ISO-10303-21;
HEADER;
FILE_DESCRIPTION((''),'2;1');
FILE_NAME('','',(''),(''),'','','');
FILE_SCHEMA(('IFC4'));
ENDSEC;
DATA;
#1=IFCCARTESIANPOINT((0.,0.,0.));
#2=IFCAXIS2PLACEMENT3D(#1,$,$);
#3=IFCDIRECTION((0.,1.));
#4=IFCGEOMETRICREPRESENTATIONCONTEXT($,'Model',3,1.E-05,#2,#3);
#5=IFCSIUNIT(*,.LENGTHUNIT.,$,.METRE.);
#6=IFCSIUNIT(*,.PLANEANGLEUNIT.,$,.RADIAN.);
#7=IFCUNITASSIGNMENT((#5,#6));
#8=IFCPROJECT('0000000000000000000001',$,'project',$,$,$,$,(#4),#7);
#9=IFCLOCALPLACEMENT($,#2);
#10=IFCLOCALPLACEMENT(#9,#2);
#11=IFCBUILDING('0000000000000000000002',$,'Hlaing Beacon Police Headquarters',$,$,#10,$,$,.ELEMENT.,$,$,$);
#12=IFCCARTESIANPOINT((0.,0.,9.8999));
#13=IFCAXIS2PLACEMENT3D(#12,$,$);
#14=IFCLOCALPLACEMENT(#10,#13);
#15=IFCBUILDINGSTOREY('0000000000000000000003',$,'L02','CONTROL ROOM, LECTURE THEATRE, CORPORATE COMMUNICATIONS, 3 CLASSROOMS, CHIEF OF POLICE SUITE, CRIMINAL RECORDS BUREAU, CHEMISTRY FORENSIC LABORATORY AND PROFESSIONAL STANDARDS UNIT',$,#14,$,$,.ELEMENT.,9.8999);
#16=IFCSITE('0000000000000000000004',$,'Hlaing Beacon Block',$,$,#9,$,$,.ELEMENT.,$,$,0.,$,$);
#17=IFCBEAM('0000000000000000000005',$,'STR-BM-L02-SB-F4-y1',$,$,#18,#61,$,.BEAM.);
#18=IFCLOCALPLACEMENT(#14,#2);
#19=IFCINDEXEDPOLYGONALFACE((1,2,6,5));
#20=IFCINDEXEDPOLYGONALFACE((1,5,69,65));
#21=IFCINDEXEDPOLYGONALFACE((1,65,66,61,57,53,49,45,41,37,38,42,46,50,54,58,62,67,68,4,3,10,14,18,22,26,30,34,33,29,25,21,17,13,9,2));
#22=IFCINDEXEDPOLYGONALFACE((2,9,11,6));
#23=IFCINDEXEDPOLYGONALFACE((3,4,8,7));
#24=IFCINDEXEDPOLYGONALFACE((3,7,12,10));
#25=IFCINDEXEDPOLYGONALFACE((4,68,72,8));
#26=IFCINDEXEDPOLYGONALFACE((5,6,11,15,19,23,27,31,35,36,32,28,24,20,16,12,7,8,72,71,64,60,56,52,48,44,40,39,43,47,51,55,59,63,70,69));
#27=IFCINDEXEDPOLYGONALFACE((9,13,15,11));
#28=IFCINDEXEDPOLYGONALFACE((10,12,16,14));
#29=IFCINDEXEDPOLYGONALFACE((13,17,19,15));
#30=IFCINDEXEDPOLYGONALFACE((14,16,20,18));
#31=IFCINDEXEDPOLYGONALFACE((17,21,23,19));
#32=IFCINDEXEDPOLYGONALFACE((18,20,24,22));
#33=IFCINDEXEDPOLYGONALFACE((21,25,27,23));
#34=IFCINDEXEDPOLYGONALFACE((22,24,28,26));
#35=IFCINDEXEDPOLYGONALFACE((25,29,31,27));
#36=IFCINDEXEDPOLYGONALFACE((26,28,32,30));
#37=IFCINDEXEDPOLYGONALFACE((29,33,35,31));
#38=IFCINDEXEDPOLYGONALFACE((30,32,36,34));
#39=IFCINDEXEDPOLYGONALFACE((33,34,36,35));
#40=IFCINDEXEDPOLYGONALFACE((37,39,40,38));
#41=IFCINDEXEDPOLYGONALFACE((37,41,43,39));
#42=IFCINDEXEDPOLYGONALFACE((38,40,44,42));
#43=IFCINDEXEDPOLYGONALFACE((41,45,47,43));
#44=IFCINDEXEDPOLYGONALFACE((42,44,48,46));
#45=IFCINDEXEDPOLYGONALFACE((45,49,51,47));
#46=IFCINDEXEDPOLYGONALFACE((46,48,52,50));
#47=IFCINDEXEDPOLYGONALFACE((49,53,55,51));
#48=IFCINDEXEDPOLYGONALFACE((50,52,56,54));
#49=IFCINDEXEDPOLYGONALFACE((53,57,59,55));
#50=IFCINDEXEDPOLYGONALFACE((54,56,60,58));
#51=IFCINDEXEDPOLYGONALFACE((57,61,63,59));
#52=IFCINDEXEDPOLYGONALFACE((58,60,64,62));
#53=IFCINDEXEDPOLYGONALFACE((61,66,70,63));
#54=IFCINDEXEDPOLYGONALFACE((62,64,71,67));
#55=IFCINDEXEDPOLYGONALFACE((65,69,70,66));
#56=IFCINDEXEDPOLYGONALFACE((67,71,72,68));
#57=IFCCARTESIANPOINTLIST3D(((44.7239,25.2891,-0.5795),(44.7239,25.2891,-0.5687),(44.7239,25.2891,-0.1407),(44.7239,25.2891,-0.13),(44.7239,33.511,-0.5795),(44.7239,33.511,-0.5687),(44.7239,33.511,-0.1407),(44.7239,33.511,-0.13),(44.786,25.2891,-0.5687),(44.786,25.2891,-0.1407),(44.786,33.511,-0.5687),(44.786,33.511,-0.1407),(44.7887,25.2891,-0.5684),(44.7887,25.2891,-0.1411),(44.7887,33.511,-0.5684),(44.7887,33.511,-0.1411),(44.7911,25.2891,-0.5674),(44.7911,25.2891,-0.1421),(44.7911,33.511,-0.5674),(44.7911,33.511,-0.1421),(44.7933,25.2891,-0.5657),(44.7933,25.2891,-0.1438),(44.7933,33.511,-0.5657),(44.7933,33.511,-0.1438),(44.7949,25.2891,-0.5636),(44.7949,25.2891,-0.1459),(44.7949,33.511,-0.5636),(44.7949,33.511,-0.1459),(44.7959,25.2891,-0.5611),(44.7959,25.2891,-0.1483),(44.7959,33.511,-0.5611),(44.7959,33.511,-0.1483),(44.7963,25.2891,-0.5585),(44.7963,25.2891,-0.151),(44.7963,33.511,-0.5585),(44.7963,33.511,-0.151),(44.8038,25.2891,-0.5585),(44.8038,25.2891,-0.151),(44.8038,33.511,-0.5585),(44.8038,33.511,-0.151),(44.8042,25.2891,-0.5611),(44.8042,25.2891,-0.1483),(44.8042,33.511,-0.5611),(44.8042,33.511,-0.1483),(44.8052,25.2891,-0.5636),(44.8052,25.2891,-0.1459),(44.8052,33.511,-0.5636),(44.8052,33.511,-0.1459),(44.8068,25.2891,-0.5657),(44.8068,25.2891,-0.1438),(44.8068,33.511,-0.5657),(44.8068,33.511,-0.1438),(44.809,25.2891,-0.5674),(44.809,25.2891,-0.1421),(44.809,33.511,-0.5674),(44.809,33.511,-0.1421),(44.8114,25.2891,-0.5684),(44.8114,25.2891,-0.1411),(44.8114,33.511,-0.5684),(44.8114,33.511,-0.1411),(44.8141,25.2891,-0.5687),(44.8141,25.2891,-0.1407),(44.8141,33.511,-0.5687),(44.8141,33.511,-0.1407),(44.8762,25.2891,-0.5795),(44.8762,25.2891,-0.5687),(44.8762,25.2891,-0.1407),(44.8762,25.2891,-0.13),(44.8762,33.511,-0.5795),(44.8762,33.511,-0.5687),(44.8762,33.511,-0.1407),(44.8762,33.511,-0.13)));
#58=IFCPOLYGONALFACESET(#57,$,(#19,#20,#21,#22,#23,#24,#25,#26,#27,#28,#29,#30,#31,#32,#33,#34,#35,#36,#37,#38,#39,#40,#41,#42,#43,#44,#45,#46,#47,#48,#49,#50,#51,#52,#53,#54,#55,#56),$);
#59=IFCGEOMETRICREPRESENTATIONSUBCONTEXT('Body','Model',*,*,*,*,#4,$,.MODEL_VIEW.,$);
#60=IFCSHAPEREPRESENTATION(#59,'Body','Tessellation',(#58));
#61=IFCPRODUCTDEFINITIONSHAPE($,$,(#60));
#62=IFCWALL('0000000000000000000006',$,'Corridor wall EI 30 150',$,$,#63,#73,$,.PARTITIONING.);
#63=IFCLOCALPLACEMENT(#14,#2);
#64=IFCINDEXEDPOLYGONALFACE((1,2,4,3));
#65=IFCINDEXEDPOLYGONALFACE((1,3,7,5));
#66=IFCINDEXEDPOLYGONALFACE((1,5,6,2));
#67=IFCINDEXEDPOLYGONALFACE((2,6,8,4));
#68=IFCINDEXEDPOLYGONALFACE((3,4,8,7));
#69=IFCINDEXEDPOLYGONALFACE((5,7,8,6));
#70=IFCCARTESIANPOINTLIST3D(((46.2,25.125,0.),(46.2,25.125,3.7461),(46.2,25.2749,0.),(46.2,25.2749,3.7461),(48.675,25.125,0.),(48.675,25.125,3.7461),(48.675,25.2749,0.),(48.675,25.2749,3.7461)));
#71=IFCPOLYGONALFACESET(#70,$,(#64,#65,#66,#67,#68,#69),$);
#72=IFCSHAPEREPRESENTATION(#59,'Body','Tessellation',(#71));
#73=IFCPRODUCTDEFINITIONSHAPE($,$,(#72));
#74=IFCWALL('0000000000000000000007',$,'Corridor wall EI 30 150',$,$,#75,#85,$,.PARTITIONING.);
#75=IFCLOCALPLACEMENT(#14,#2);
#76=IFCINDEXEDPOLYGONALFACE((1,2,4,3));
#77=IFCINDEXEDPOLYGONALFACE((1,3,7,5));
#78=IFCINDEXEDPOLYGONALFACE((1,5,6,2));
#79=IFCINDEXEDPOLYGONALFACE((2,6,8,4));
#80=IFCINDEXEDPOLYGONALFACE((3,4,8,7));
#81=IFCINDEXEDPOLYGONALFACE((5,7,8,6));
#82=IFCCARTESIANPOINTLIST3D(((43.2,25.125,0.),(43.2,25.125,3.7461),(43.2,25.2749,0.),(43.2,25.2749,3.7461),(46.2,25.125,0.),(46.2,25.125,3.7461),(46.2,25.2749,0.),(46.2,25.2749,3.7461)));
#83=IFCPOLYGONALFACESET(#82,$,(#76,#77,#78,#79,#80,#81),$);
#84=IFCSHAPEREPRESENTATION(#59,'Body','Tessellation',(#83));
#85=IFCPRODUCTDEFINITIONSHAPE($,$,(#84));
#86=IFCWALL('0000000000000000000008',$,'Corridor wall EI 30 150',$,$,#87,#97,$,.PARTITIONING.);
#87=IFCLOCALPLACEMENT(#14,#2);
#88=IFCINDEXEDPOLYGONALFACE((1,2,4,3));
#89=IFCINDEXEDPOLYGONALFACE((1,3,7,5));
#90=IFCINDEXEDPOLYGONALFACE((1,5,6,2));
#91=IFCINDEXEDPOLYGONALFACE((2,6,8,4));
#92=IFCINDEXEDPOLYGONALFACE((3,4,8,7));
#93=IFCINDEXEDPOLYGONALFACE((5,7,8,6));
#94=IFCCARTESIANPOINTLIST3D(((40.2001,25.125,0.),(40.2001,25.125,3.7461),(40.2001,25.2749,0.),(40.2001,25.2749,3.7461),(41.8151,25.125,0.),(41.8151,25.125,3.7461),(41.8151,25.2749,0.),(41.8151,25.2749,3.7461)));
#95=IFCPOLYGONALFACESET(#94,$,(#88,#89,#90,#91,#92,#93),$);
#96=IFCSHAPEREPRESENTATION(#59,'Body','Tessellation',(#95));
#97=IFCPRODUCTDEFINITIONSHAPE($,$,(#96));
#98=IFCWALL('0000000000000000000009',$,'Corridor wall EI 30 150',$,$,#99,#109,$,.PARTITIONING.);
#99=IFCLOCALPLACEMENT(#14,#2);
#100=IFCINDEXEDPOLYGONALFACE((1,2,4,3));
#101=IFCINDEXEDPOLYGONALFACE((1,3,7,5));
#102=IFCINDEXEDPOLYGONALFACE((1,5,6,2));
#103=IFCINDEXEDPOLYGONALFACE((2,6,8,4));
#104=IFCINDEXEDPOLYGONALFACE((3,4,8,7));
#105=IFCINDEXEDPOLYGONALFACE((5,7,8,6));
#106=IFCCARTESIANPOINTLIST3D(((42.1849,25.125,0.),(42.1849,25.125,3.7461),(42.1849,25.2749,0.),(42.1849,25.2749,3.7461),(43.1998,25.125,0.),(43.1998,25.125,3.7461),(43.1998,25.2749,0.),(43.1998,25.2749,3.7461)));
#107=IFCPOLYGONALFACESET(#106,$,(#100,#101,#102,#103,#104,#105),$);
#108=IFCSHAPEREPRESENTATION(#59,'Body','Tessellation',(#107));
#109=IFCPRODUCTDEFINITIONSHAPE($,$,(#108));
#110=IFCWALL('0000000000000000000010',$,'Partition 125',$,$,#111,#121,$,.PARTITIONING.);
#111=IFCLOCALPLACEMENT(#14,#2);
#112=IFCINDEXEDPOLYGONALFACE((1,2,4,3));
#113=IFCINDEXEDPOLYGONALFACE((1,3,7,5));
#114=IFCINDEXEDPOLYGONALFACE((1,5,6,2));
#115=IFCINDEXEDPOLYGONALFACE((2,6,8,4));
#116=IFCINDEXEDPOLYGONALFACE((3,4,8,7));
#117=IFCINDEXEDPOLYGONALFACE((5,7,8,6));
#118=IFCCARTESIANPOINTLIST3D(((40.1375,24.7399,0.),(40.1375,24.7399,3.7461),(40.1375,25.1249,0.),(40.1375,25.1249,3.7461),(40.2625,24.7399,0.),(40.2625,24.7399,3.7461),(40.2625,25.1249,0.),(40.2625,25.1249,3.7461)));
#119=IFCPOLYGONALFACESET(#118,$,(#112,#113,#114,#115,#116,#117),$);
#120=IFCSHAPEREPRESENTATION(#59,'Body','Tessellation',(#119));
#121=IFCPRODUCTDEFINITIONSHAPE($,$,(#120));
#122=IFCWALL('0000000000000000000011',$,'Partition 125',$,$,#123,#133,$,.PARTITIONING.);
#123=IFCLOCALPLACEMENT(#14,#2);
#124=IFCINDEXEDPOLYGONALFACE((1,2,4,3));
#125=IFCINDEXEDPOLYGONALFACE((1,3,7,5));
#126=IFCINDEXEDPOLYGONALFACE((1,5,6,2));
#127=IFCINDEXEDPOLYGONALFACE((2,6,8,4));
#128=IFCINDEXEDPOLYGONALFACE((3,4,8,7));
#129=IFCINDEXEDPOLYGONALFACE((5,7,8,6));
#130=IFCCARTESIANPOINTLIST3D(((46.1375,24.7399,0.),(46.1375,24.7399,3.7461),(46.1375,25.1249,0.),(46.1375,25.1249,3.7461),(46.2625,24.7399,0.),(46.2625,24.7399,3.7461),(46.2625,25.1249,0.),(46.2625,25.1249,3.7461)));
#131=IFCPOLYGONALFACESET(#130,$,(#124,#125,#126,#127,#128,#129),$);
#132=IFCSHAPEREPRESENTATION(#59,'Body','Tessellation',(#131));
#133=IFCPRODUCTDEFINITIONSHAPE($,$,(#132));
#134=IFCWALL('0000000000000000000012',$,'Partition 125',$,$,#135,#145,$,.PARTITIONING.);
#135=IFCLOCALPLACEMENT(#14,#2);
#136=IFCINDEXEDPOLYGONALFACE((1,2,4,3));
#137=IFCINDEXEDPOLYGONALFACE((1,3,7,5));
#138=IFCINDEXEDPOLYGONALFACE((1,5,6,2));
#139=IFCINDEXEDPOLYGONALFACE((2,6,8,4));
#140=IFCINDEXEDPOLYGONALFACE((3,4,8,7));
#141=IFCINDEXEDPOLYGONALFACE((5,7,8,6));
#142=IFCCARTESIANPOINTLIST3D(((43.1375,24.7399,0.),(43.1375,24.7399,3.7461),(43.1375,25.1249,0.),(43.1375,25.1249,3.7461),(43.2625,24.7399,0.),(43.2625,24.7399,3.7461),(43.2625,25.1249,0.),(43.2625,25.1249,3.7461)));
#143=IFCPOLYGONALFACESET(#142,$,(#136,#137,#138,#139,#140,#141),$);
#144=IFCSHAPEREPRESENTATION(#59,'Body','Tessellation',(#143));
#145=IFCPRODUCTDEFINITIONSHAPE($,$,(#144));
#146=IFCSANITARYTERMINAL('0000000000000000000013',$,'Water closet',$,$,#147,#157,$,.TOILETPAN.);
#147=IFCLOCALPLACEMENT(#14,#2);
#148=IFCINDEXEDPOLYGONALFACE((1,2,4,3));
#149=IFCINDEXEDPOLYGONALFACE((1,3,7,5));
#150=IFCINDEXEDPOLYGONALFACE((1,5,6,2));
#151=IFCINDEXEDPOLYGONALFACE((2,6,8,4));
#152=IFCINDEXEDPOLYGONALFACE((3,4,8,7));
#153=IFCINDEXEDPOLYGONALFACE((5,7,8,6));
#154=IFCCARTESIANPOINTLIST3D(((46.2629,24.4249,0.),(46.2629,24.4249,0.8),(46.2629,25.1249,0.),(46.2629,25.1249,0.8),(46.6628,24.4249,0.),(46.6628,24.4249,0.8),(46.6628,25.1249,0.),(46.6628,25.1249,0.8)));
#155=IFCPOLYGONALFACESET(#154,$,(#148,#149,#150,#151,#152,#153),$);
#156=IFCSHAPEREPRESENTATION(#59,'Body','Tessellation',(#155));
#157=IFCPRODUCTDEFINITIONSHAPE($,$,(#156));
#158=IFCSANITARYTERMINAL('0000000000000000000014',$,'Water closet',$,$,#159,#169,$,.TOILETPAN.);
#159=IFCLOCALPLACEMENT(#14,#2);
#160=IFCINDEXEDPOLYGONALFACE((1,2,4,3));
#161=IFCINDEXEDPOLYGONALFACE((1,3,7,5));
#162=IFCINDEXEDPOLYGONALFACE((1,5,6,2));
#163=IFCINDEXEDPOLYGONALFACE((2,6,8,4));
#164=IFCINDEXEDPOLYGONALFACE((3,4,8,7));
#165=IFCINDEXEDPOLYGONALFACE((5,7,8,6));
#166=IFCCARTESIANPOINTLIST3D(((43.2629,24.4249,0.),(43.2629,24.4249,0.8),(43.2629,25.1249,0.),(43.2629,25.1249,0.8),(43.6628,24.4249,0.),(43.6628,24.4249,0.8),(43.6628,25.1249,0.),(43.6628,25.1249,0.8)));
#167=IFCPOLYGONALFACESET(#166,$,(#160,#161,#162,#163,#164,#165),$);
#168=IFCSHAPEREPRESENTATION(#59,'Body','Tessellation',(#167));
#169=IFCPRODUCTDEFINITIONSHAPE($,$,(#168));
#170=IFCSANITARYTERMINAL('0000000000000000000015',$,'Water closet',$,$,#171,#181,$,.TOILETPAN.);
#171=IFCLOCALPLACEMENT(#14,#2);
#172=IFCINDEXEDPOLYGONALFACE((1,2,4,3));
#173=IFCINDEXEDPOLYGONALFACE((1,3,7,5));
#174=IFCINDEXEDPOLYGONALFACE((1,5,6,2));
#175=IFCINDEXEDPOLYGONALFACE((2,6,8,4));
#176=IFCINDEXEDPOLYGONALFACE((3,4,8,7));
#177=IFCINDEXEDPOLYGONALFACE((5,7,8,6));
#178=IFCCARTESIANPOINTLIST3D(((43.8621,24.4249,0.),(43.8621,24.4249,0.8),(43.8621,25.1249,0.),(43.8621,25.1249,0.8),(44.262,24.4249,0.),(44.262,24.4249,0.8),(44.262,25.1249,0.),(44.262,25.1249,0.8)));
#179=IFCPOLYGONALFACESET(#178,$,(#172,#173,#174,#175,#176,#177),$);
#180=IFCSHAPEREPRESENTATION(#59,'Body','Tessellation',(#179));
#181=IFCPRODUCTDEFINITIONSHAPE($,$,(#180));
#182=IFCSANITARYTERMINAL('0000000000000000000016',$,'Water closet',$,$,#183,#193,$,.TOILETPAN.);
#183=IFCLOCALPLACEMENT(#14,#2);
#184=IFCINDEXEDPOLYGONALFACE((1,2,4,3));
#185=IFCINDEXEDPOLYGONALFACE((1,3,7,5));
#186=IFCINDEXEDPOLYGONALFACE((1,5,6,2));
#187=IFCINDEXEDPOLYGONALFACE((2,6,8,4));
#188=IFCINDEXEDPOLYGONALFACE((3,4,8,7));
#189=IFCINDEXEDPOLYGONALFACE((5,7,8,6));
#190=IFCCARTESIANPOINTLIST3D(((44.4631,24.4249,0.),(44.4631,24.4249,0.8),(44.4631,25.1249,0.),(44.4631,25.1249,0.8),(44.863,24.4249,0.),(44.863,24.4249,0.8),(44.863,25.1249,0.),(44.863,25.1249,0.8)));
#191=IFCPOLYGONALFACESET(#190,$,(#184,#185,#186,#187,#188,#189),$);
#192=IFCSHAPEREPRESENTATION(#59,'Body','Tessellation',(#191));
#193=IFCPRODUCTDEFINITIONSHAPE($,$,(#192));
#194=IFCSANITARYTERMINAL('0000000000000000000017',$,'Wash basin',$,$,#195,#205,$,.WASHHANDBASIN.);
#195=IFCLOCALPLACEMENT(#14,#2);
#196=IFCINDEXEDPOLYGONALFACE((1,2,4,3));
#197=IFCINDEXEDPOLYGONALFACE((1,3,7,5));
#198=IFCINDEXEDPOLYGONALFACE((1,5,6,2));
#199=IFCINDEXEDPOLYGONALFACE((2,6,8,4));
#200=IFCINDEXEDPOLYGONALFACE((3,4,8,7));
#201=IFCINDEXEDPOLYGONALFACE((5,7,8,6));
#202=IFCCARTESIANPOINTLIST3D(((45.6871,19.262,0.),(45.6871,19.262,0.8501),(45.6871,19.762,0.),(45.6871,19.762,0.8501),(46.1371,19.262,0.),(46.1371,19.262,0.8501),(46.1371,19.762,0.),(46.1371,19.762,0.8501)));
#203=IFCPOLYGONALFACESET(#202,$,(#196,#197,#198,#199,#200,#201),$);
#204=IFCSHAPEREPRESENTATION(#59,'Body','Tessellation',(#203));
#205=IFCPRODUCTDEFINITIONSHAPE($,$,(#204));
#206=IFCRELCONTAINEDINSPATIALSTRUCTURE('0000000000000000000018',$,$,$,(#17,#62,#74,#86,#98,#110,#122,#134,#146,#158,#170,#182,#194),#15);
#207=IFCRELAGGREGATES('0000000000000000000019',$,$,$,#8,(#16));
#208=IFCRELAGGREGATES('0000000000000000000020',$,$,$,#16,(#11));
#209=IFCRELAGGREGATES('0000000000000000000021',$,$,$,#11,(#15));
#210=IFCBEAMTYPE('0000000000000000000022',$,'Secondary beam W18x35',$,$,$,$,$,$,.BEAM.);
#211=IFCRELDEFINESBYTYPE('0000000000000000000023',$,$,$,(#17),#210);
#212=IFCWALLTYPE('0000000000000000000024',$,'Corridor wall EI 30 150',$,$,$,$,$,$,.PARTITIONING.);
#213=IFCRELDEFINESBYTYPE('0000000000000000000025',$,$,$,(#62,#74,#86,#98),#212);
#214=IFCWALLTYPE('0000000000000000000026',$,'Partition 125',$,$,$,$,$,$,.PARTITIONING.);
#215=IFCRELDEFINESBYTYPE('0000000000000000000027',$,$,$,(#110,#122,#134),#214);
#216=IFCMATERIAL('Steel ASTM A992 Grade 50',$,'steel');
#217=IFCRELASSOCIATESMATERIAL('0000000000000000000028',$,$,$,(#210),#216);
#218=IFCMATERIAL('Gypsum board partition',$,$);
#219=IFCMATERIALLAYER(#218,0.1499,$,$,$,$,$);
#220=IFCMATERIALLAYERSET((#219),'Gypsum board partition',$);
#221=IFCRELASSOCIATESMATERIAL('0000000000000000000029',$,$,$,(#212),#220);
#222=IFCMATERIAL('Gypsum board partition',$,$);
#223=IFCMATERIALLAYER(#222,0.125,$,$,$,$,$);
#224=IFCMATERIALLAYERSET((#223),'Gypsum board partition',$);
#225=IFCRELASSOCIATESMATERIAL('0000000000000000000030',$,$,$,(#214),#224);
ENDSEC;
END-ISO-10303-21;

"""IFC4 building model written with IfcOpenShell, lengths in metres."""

from ifc_helpers import new_model, si_unit, direction, frame, frame_2d, origin, origin_2d, place, context, subcontext, project, spatial, rectangle, i_section, extrude, material, layer, layer_set, material_profile, profile_set, type_object, element, save


model = new_model("IFC4")

# Units and contexts
model_context = context("Model", 3, precision=1e-05, world=origin(), true_north=direction((0.0, 1.0)))
body_context = subcontext(model_context, "Body", "Model", "MODEL_VIEW")
ifc_project = project(units=[si_unit("LENGTHUNIT", "METRE"), si_unit("PLANEANGLEUNIT", "RADIAN")], contexts=[model_context])

# Site, building, storey
site_placement = place(None, origin())
site = spatial("IfcSite", under=ifc_project, at=site_placement, Name="Hlaing Beacon Block", CompositionType="ELEMENT", RefElevation=0.0)
building_placement = place(site_placement, origin())
building = spatial("IfcBuilding", under=site, at=building_placement, Name="Hlaing Beacon Police Headquarters", CompositionType="ELEMENT")
storey_placement = place(building_placement, frame((0.0, 0.0, 9.8999)))
storey = spatial("IfcBuildingStorey", under=building, at=storey_placement, Name="L02", Description="CONTROL ROOM, LECTURE THEATRE, CORPORATE COMMUNICATIONS, 3 CLASSROOMS, CHIEF OF POLICE SUITE, CRIMINAL RECORDS BUREAU, CHEMISTRY FORENSIC LABORATORY AND PROFESSIONAL STANDARDS UNIT", CompositionType="ELEMENT", Elevation=9.8999)

# Beam
ifc_material_1 = material(Name="Steel ASTM A992 Grade 50", Category="steel")
ifc_material_profile_1 = material_profile(ifc_material_1, i_section(OverallWidth=0.1523, OverallDepth=0.4495, WebThickness=0.0076, FlangeThickness=0.0107, FilletRadius=0.0103, at=origin_2d()), Name="W18x35")
ifc_profile_set_1 = profile_set([ifc_material_profile_1], Name="Steel ASTM A992 Grade 50")
beam_type_1 = type_object("IfcBeamType", Name="Secondary beam W18x35", PredefinedType="BEAM", material=ifc_profile_set_1)
for number, where, z_axis, x_axis, name in (
    (1, (44.8, 25.2891, -0.3547), (0.0, 1.0, 0.0), (-1.0, 0.0, 0.0), "STR-BM-L02-SB-F4-y1"),
):
    element("IfcBeam", number, at=place(storey_placement, frame(where, z_axis=z_axis, x_axis=x_axis)), inside=storey, type_object=beam_type_1, Name=name, PredefinedType="BEAM", context=body_context, shape_type="SweptSolid", body=[
        extrude(i_section(OverallWidth=0.1523, OverallDepth=0.4495, WebThickness=0.0076, FlangeThickness=0.0107, FilletRadius=0.0103, at=origin_2d()), origin(), (0.0, 0.0, 1.0), 8.2219),
    ])

# Walls
ifc_material_2 = material(Name="Gypsum board partition")
ifc_layer_1 = layer(ifc_material_2, 0.1499)
ifc_layer_set_1 = layer_set([ifc_layer_1], Name="Gypsum board partition")
wall_type_1 = type_object("IfcWallType", Name="Corridor wall EI 30 150", PredefinedType="PARTITIONING", material=ifc_layer_set_1)
wall_1_placement = place(storey_placement, frame((46.2, 25.2, 0.0), z_axis=(0.0, 0.0, 1.0), x_axis=(1.0, 0.0, 0.0)))
element("IfcWall", 2, at=wall_1_placement, inside=storey, type_object=wall_type_1, Name="Corridor wall EI 30 150", PredefinedType="PARTITIONING", context=body_context, shape_type="SweptSolid", body=[
    extrude(rectangle(XDim=2.4751, YDim=0.1499, at=frame_2d((1.2375, 0.0))), origin(), (0.0, 0.0, 1.0), 3.7461),
])
wall_2_placement = place(storey_placement, frame((43.2, 25.2, 0.0), z_axis=(0.0, 0.0, 1.0), x_axis=(1.0, 0.0, 0.0)))
element("IfcWall", 3, at=wall_2_placement, inside=storey, type_object=wall_type_1, Name="Corridor wall EI 30 150", PredefinedType="PARTITIONING", context=body_context, shape_type="SweptSolid", body=[
    extrude(rectangle(XDim=3.0, YDim=0.1499, at=frame_2d((1.5, 0.0))), origin(), (0.0, 0.0, 1.0), 3.7461),
])
wall_3_placement = place(storey_placement, frame((40.2, 25.2, 0.0), z_axis=(0.0, 0.0, 1.0), x_axis=(1.0, 0.0, 0.0)))
element("IfcWall", 4, at=wall_3_placement, inside=storey, type_object=wall_type_1, Name="Corridor wall EI 30 150", PredefinedType="PARTITIONING", context=body_context, shape_type="SweptSolid", body=[
    extrude(rectangle(XDim=1.615, YDim=0.1499, at=frame_2d((0.8076, 0.0))), origin(), (0.0, 0.0, 1.0), 3.7461),
])
wall_4_placement = place(storey_placement, frame((42.1851, 25.2, 0.0), z_axis=(0.0, 0.0, 1.0), x_axis=(1.0, 0.0, 0.0)))
element("IfcWall", 5, at=wall_4_placement, inside=storey, type_object=wall_type_1, Name="Corridor wall EI 30 150", PredefinedType="PARTITIONING", context=body_context, shape_type="SweptSolid", body=[
    extrude(rectangle(XDim=1.0149, YDim=0.1499, at=frame_2d((0.5073, 0.0))), origin(), (0.0, 0.0, 1.0), 3.7461),
])
ifc_material_3 = material(Name="Gypsum board partition")
ifc_layer_2 = layer(ifc_material_3, 0.125)
ifc_layer_set_2 = layer_set([ifc_layer_2], Name="Gypsum board partition")
wall_type_2 = type_object("IfcWallType", Name="Partition 125", PredefinedType="PARTITIONING", material=ifc_layer_set_2)
for number, where, z_axis, x_axis, name in (
    (6, (40.2, 24.74, 0.0), (0.0, 0.0, 1.0), (0.0, 1.0, 0.0), "Partition 125"),
    (7, (46.2, 24.74, 0.0), (0.0, 0.0, 1.0), (0.0, 1.0, 0.0), "Partition 125"),
    (8, (43.2, 24.74, 0.0), (0.0, 0.0, 1.0), (0.0, 1.0, 0.0), "Partition 125"),
):
    element("IfcWall", number, at=place(storey_placement, frame(where, z_axis=z_axis, x_axis=x_axis)), inside=storey, type_object=wall_type_2, Name=name, PredefinedType="PARTITIONING", context=body_context, shape_type="SweptSolid", body=[
        extrude(rectangle(XDim=0.385, YDim=0.125, at=frame_2d((0.1924, 0.0))), origin(), (0.0, 0.0, 1.0), 3.7461),
    ])

# Sanitary terminals
for number, where, z_axis, x_axis, name in (
    (9, (46.4629, 24.7749, 0.0), (0.0, 0.0, 1.0), (1.0, 0.0, 0.0), "Water closet"),
    (10, (43.4629, 24.7749, 0.0), (0.0, 0.0, 1.0), (1.0, 0.0, 0.0), "Water closet"),
    (11, (44.062, 24.7749, 0.0), (0.0, 0.0, 1.0), (1.0, 0.0, 0.0), "Water closet"),
    (12, (44.6631, 24.7749, 0.0), (0.0, 0.0, 1.0), (1.0, 0.0, 0.0), "Water closet"),
):
    element("IfcSanitaryTerminal", number, at=place(storey_placement, frame(where, z_axis=z_axis, x_axis=x_axis)), inside=storey, Name=name, PredefinedType="TOILETPAN", context=body_context, shape_type="SweptSolid", body=[
        extrude(rectangle(XDim=0.3999, YDim=0.7, at=origin_2d()), origin(), (0.0, 0.0, 1.0), 0.8),
    ])
for number, where, z_axis, x_axis, name in (
    (13, (45.9121, 19.512, 0.0), (0.0, 0.0, 1.0), (1.0, 0.0, 0.0), "Wash basin"),
):
    element("IfcSanitaryTerminal", number, at=place(storey_placement, frame(where, z_axis=z_axis, x_axis=x_axis)), inside=storey, Name=name, PredefinedType="WASHHANDBASIN", context=body_context, shape_type="SweptSolid", body=[
        extrude(rectangle(XDim=0.45, YDim=0.5, at=origin_2d()), origin(), (0.0, 0.0, 1.0), 0.8501),
    ])

save(model, "model.ifc")
